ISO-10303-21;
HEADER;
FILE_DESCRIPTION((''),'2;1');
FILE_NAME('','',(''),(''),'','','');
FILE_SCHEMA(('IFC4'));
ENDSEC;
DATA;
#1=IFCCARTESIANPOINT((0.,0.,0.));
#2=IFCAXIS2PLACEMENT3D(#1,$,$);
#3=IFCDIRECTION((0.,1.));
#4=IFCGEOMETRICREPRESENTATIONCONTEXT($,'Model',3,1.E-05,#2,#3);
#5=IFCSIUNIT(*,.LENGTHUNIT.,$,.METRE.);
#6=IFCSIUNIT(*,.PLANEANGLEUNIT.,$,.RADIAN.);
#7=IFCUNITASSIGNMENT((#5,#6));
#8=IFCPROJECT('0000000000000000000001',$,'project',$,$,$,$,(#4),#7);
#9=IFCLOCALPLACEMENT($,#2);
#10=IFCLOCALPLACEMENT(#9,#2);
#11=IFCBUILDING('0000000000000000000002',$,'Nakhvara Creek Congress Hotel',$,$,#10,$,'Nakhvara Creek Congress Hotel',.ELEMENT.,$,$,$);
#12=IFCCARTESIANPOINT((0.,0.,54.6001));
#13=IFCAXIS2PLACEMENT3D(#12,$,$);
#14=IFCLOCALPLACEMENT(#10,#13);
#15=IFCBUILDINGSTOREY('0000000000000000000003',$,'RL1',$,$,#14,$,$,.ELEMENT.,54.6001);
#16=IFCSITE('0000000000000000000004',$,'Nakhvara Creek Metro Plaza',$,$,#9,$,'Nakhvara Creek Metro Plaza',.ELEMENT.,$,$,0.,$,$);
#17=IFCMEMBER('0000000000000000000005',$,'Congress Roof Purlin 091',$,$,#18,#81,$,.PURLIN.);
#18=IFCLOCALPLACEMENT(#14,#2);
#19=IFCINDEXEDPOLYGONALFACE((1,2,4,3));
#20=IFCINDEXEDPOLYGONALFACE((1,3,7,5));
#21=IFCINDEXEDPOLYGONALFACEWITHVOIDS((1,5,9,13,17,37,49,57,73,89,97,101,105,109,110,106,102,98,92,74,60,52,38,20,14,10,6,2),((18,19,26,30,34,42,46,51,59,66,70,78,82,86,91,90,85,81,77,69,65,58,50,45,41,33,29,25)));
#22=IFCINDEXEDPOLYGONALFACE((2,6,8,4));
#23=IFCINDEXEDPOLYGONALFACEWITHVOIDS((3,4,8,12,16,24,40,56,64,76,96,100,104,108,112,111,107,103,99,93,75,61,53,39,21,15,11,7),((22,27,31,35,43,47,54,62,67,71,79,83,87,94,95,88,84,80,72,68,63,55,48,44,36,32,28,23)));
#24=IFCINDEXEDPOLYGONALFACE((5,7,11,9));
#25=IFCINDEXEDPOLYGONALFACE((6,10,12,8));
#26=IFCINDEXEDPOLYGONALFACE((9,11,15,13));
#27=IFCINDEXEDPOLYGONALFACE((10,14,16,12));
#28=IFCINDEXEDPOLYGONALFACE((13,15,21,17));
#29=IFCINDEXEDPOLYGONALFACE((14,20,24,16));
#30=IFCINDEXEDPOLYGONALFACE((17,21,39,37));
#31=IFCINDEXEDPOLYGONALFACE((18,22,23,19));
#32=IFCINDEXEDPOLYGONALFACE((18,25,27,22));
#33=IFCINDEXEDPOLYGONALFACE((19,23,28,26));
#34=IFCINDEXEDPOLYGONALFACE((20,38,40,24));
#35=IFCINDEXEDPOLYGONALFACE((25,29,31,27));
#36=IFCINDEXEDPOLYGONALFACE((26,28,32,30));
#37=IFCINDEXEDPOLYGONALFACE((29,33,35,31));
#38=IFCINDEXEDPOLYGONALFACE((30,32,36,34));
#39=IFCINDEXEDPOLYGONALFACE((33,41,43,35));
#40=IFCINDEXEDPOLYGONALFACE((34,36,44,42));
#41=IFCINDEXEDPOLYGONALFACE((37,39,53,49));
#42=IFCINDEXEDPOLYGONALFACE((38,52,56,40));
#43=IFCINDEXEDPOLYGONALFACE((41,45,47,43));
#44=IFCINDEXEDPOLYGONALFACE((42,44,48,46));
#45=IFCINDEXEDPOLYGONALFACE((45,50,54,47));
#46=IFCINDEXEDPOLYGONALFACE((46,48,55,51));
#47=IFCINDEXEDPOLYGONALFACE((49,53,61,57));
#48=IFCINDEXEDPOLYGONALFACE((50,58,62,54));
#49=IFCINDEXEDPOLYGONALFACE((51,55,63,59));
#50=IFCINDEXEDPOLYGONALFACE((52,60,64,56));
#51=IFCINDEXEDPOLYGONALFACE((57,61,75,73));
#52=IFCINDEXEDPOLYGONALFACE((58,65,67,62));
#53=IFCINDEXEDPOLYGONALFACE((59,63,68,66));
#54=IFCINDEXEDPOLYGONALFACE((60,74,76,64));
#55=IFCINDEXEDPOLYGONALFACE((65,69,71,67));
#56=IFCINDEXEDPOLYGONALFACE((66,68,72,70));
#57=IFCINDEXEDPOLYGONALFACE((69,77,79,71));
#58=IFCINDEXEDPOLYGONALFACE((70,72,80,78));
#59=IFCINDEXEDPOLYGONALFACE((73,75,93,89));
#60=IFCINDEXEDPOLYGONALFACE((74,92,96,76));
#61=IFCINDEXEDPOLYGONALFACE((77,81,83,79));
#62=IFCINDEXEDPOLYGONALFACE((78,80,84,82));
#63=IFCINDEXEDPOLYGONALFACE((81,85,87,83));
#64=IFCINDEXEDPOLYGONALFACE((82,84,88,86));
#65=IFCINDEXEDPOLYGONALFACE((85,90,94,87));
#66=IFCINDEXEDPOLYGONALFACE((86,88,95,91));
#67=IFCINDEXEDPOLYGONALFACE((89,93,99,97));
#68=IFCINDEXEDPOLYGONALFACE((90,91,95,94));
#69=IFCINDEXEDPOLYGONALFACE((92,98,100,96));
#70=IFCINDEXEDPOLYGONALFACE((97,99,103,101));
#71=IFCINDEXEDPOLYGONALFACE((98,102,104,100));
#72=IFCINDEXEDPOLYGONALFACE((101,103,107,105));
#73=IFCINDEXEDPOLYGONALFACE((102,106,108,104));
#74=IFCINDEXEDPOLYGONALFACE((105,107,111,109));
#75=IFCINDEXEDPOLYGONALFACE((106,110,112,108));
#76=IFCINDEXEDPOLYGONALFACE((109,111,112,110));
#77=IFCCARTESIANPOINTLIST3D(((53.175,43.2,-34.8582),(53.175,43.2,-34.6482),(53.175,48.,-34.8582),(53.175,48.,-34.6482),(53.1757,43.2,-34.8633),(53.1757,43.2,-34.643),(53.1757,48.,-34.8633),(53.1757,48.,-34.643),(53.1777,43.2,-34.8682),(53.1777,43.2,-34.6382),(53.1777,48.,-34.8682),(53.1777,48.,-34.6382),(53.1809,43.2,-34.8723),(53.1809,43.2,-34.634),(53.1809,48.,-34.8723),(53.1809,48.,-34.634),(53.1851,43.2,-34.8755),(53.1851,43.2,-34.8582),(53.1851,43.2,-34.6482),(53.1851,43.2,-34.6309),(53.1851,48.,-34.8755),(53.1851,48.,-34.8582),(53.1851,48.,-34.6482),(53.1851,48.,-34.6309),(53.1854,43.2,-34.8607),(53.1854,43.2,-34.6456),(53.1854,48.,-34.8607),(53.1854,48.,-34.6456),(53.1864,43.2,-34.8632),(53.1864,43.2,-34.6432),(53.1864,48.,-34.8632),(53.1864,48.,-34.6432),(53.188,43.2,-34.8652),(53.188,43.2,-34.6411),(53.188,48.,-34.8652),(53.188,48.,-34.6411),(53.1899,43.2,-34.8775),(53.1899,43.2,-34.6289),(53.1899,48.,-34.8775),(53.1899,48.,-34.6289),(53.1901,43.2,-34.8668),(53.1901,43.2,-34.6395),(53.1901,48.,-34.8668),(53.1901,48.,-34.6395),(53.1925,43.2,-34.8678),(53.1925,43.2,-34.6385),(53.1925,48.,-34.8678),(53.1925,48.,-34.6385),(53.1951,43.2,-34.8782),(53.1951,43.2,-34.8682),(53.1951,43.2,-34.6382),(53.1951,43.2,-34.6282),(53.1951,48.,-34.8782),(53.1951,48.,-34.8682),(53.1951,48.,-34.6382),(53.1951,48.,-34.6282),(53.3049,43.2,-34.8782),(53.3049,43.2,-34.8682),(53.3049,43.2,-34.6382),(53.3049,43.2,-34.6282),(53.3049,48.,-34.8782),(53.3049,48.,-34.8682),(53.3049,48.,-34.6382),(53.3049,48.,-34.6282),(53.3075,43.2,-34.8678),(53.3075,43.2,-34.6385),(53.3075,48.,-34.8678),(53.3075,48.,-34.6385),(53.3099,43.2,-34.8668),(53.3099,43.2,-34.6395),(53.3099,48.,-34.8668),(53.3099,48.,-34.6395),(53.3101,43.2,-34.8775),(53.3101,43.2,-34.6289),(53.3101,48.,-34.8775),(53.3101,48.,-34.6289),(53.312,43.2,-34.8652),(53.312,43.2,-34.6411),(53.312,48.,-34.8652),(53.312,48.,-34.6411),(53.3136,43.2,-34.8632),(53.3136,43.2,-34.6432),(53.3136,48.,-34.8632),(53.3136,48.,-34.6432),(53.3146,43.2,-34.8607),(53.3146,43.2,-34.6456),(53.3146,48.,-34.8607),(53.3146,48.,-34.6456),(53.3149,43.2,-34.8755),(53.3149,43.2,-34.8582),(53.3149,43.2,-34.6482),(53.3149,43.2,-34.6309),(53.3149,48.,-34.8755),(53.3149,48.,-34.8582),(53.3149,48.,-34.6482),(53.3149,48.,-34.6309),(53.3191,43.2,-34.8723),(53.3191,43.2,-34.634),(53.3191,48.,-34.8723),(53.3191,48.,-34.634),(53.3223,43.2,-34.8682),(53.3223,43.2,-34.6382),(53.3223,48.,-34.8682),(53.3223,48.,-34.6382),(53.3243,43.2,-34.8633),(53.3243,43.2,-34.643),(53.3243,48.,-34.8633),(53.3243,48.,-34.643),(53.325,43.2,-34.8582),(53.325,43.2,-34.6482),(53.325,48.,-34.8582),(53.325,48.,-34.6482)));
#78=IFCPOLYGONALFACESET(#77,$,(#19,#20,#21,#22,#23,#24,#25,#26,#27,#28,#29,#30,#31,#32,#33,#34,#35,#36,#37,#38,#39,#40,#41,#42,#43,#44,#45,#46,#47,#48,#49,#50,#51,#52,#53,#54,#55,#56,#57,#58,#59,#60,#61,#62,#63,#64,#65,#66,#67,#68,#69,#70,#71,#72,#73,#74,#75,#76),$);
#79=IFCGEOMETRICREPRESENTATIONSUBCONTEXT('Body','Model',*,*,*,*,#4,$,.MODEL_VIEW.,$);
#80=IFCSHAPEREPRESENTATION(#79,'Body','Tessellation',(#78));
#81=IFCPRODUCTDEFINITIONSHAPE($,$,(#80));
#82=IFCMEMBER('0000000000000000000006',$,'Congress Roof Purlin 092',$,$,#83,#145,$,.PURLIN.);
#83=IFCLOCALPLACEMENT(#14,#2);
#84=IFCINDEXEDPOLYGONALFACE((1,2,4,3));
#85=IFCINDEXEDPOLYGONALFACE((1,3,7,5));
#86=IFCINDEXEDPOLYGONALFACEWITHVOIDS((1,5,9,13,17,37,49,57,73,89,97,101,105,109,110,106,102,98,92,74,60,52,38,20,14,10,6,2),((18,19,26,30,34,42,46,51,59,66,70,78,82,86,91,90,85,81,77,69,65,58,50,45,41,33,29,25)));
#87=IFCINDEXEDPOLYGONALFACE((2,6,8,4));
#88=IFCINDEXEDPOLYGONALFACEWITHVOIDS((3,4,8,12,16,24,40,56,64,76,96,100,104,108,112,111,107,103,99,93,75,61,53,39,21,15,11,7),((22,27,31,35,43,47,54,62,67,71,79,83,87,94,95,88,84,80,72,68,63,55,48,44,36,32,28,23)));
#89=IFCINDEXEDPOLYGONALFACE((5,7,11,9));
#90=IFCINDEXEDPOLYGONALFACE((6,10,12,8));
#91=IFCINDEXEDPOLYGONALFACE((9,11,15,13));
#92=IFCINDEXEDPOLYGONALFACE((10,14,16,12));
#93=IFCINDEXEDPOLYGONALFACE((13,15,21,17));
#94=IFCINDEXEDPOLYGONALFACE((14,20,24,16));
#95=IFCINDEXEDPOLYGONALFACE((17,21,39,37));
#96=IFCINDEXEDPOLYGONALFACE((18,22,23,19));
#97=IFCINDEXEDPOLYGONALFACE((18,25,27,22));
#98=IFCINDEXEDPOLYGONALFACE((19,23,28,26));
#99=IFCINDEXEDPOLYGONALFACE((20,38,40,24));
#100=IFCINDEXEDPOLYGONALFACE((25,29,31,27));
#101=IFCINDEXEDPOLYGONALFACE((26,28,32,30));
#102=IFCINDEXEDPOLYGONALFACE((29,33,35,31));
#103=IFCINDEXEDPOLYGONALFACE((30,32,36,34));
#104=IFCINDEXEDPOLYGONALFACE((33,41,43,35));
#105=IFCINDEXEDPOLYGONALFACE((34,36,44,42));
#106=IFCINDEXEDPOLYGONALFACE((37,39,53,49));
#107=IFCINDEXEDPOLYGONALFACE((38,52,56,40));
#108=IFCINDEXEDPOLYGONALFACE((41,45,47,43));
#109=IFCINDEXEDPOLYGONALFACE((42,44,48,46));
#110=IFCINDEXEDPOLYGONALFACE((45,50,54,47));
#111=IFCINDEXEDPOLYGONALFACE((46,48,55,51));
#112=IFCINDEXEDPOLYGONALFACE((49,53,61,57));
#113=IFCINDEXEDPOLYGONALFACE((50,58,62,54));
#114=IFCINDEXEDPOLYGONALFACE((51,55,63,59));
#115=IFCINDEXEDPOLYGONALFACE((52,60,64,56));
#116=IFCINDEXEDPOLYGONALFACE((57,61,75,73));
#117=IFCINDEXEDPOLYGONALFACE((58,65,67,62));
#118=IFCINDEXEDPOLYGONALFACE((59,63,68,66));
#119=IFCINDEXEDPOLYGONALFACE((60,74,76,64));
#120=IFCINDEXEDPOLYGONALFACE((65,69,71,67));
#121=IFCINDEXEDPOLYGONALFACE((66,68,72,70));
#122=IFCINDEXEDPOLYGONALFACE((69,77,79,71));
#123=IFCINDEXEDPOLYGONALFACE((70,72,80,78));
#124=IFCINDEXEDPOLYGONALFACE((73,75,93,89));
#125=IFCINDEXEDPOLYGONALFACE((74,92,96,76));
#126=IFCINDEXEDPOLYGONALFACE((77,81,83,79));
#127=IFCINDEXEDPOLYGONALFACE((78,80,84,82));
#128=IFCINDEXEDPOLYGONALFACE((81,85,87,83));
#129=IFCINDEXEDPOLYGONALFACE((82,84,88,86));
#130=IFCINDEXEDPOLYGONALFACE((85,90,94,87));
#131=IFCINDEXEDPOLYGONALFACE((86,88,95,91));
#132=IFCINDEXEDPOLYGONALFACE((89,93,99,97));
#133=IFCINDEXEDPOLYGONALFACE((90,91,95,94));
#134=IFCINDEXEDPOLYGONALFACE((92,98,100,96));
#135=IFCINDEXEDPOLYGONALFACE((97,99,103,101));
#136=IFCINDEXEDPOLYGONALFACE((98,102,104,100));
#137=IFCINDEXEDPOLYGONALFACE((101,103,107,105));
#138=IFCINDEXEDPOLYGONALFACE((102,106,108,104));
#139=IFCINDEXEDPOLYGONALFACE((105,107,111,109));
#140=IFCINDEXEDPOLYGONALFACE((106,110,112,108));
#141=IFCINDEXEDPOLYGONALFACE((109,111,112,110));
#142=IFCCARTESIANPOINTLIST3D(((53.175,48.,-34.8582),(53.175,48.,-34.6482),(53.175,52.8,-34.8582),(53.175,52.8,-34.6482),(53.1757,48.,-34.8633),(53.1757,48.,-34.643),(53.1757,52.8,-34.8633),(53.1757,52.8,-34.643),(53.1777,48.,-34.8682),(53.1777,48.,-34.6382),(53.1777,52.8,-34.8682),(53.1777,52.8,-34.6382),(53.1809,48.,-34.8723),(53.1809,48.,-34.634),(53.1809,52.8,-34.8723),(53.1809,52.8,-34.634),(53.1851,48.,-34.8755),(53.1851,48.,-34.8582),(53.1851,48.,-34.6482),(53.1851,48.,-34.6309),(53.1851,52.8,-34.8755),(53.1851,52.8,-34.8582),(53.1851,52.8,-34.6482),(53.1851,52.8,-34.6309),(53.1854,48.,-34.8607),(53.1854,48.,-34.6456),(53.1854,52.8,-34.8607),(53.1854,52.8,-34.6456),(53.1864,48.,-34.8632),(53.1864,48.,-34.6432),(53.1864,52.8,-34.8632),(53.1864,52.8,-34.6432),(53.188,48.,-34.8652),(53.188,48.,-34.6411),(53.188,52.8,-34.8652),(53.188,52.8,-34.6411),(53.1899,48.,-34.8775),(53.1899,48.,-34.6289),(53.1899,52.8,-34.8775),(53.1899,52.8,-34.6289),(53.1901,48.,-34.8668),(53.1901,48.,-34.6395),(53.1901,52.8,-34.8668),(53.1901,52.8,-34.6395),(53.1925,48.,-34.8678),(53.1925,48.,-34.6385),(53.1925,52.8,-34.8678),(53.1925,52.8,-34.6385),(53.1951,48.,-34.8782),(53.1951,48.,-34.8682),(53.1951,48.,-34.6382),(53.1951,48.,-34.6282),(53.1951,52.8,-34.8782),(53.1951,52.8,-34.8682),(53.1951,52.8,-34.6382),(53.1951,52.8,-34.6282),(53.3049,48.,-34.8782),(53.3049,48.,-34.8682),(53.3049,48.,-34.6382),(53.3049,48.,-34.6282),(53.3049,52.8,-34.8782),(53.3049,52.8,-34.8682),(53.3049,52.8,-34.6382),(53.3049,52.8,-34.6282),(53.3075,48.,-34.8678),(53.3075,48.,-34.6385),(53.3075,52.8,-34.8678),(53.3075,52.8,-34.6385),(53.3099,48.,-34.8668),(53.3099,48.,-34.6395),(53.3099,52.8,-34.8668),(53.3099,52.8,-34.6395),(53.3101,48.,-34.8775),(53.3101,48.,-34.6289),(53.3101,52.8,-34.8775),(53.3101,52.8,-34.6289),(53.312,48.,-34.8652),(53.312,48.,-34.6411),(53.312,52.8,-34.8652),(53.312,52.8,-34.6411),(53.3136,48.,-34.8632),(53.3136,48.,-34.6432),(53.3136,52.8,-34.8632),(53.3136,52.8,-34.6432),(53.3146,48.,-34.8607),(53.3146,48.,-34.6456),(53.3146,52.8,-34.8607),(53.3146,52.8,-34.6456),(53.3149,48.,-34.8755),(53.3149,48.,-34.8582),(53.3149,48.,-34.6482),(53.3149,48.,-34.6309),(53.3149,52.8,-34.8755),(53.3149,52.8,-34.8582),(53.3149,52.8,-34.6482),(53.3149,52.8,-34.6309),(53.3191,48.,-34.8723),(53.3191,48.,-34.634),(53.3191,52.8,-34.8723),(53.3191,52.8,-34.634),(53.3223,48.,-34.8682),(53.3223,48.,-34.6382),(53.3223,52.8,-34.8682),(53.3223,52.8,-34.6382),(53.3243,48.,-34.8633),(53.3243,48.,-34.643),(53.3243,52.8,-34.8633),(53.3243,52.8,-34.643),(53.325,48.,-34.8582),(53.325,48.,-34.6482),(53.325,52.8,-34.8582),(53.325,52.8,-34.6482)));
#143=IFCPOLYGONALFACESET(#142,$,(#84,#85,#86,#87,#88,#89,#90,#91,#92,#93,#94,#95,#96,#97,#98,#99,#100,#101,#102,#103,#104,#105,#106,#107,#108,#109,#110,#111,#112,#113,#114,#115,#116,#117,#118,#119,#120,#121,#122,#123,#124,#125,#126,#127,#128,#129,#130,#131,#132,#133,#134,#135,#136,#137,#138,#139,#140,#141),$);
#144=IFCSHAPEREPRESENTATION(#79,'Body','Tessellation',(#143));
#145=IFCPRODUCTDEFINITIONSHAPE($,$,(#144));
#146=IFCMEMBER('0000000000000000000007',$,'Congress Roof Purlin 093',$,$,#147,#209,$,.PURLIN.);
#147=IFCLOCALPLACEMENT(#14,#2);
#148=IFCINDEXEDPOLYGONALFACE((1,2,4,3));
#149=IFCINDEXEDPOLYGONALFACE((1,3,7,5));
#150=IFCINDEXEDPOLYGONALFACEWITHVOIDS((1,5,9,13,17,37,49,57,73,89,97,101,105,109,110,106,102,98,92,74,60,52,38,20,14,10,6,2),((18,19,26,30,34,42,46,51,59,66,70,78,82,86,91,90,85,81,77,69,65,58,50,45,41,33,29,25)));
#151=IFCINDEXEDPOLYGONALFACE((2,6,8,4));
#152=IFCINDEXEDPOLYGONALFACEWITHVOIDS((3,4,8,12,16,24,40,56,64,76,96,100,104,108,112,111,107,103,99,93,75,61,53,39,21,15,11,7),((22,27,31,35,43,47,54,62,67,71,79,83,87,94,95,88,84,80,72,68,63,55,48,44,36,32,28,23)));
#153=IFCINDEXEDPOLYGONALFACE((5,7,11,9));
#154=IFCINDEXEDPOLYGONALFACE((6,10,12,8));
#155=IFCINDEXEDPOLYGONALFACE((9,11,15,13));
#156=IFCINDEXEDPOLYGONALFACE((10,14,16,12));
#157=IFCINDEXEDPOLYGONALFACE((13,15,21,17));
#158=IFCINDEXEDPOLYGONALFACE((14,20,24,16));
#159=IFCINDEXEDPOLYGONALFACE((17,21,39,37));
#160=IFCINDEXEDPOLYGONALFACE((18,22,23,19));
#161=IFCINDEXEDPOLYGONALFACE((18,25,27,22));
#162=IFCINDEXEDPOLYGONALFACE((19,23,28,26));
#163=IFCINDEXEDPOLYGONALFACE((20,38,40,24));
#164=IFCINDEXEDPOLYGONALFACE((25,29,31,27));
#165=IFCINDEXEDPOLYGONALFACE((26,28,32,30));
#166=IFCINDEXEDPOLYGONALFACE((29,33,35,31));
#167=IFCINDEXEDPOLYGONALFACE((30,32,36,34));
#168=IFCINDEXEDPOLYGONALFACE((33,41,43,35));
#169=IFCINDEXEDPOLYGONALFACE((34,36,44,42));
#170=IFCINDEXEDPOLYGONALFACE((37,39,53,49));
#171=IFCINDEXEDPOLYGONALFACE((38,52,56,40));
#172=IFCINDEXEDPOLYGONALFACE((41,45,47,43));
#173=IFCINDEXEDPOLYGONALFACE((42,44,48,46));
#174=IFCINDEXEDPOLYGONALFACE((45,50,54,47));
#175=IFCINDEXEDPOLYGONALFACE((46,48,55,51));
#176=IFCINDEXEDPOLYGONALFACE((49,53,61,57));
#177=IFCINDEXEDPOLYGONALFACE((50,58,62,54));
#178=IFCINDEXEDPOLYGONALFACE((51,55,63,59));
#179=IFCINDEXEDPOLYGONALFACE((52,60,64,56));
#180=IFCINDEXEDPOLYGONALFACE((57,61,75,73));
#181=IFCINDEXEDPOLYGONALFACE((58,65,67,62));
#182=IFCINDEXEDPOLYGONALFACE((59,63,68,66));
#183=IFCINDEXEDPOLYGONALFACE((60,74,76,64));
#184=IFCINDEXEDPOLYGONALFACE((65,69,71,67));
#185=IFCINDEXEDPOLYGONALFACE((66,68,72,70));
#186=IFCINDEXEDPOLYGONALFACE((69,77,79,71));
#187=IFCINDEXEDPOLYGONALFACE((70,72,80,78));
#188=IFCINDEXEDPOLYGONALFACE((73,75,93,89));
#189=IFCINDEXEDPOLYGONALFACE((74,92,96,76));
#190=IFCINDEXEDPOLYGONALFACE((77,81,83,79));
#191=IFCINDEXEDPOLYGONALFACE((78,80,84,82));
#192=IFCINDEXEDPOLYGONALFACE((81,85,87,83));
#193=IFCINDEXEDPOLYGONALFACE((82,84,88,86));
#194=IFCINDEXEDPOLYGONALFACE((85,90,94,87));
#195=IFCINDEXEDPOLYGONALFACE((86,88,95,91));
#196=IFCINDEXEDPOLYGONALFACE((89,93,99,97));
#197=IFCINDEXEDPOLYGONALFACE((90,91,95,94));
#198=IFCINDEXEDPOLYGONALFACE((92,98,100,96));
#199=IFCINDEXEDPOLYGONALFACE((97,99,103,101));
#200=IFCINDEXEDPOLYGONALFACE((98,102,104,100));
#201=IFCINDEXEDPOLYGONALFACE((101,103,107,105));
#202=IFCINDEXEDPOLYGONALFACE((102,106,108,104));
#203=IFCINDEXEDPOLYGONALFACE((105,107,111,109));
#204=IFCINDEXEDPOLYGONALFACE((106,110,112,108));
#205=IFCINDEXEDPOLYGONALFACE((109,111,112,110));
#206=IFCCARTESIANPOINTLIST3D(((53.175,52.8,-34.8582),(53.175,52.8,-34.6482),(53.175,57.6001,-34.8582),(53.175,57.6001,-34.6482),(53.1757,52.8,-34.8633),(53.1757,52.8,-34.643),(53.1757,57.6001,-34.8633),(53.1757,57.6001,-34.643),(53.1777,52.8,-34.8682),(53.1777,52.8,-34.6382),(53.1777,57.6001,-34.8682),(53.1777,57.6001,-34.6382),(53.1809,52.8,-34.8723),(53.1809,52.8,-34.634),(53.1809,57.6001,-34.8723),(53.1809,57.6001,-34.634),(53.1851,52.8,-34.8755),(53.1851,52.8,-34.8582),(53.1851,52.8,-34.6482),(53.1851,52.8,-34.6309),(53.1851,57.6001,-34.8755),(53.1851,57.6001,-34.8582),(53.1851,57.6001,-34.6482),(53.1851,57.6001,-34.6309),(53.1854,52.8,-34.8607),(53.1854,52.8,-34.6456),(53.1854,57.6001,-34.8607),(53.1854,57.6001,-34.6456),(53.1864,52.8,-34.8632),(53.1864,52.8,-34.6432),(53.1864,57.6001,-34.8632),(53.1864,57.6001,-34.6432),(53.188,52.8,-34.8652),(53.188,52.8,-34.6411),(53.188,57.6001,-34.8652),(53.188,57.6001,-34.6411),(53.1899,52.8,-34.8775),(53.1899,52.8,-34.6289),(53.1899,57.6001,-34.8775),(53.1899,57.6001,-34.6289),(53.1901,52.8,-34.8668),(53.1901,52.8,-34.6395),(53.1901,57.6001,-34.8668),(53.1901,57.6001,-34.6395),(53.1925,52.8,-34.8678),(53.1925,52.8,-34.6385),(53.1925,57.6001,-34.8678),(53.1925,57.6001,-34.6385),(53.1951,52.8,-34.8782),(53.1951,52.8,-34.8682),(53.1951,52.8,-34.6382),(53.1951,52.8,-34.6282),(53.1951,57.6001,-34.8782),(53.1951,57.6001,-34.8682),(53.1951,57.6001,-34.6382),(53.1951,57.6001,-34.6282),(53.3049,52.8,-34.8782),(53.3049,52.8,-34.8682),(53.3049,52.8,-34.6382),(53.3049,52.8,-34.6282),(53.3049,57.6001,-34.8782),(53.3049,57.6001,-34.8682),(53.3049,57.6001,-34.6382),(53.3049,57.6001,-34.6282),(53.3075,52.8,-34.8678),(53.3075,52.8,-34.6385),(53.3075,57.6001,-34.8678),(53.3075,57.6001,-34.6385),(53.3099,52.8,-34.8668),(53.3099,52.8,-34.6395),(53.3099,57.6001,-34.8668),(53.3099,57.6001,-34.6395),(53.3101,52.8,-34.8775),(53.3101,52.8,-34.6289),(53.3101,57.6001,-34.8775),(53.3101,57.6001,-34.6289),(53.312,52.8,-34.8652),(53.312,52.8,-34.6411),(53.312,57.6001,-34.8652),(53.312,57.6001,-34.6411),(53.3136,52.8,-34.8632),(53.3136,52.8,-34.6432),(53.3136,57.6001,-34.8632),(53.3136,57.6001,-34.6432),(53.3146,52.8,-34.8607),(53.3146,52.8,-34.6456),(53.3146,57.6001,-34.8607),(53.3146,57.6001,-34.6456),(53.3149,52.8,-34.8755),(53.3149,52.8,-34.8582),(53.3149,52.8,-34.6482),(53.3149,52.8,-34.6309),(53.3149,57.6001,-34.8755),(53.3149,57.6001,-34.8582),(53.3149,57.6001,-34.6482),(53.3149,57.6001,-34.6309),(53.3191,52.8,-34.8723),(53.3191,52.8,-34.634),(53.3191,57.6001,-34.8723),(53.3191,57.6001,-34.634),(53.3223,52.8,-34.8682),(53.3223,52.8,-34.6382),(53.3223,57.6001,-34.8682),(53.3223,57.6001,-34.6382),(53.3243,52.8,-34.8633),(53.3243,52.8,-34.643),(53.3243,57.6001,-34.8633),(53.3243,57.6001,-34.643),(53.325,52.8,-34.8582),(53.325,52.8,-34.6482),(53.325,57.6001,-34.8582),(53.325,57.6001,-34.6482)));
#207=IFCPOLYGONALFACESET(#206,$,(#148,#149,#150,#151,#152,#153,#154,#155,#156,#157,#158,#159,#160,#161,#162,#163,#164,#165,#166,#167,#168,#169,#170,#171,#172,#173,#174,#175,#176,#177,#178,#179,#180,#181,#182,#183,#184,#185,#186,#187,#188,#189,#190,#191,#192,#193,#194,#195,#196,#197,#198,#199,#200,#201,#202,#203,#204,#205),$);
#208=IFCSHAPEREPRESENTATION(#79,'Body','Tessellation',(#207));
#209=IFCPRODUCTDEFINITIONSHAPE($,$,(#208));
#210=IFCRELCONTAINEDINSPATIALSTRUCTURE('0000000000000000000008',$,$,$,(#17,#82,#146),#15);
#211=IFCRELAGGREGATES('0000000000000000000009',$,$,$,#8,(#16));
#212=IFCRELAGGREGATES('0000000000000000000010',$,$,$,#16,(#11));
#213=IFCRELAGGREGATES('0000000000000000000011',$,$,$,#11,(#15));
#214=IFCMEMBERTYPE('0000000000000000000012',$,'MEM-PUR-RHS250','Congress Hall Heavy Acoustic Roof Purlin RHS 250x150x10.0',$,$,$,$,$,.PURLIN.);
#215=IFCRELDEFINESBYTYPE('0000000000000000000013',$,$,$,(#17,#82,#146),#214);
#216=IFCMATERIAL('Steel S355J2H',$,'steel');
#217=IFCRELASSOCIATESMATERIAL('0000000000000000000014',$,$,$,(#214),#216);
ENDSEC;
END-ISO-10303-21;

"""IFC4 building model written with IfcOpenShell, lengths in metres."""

from ifc_helpers import new_model, si_unit, direction, frame, origin, origin_2d, place, context, subcontext, project, spatial, hollow_rectangle, extrude, material, material_profile, profile_set, type_object, element, save


model = new_model("IFC4")

# Units and contexts
model_context = context("Model", 3, precision=1e-05, world=origin(), true_north=direction((0.0, 1.0)))
body_context = subcontext(model_context, "Body", "Model", "MODEL_VIEW")
ifc_project = project(units=[si_unit("LENGTHUNIT", "METRE"), si_unit("PLANEANGLEUNIT", "RADIAN")], contexts=[model_context])

# Site, building, storey
site_placement = place(None, origin())
site = spatial("IfcSite", under=ifc_project, at=site_placement, Name="Nakhvara Creek Metro Plaza", LongName="Nakhvara Creek Metro Plaza", CompositionType="ELEMENT", RefElevation=0.0)
building_placement = place(site_placement, origin())
building = spatial("IfcBuilding", under=site, at=building_placement, Name="Nakhvara Creek Congress Hotel", LongName="Nakhvara Creek Congress Hotel", CompositionType="ELEMENT")
storey_placement = place(building_placement, frame((0.0, 0.0, 54.6001)))
storey = spatial("IfcBuildingStorey", under=building, at=storey_placement, Name="RL1", CompositionType="ELEMENT", Elevation=54.6001)

# Members
ifc_material_1 = material(Name="Steel S355J2H", Category="steel")
ifc_material_profile_1 = material_profile(ifc_material_1, hollow_rectangle(XDim=0.1499, YDim=0.25, WallThickness=0.01, InnerFilletRadius=0.01, OuterFilletRadius=0.02, at=origin_2d()), Name="RHS 250x150x10.0", Category="LoadBearing")
ifc_profile_set_1 = profile_set([ifc_material_profile_1], Name="Steel S355J2H")
member_type_1 = type_object("IfcMemberType", Name="MEM-PUR-RHS250", Description="Congress Hall Heavy Acoustic Roof Purlin RHS 250x150x10.0", PredefinedType="PURLIN", material=ifc_profile_set_1)
for number, where, z_axis, x_axis, name in (
    (1, (53.25, 43.2, -34.7532), (0.0, 1.0, 0.0), (-1.0, 0.0, 0.0), "Congress Roof Purlin 091"),
    (2, (53.25, 48.0, -34.7532), (0.0, 1.0, 0.0), (-1.0, 0.0, 0.0), "Congress Roof Purlin 092"),
    (3, (53.25, 52.8, -34.7532), (0.0, 1.0, 0.0), (-1.0, 0.0, 0.0), "Congress Roof Purlin 093"),
):
    element("IfcMember", number, at=place(storey_placement, frame(where, z_axis=z_axis, x_axis=x_axis)), inside=storey, type_object=member_type_1, Name=name, PredefinedType="PURLIN", context=body_context, shape_type="SweptSolid", body=[
        extrude(hollow_rectangle(XDim=0.1499, YDim=0.25, WallThickness=0.01, InnerFilletRadius=0.01, OuterFilletRadius=0.02, at=origin_2d()), origin(), (0.0, 0.0, 1.0), 4.8),
    ])

save(model, "model.ifc")
